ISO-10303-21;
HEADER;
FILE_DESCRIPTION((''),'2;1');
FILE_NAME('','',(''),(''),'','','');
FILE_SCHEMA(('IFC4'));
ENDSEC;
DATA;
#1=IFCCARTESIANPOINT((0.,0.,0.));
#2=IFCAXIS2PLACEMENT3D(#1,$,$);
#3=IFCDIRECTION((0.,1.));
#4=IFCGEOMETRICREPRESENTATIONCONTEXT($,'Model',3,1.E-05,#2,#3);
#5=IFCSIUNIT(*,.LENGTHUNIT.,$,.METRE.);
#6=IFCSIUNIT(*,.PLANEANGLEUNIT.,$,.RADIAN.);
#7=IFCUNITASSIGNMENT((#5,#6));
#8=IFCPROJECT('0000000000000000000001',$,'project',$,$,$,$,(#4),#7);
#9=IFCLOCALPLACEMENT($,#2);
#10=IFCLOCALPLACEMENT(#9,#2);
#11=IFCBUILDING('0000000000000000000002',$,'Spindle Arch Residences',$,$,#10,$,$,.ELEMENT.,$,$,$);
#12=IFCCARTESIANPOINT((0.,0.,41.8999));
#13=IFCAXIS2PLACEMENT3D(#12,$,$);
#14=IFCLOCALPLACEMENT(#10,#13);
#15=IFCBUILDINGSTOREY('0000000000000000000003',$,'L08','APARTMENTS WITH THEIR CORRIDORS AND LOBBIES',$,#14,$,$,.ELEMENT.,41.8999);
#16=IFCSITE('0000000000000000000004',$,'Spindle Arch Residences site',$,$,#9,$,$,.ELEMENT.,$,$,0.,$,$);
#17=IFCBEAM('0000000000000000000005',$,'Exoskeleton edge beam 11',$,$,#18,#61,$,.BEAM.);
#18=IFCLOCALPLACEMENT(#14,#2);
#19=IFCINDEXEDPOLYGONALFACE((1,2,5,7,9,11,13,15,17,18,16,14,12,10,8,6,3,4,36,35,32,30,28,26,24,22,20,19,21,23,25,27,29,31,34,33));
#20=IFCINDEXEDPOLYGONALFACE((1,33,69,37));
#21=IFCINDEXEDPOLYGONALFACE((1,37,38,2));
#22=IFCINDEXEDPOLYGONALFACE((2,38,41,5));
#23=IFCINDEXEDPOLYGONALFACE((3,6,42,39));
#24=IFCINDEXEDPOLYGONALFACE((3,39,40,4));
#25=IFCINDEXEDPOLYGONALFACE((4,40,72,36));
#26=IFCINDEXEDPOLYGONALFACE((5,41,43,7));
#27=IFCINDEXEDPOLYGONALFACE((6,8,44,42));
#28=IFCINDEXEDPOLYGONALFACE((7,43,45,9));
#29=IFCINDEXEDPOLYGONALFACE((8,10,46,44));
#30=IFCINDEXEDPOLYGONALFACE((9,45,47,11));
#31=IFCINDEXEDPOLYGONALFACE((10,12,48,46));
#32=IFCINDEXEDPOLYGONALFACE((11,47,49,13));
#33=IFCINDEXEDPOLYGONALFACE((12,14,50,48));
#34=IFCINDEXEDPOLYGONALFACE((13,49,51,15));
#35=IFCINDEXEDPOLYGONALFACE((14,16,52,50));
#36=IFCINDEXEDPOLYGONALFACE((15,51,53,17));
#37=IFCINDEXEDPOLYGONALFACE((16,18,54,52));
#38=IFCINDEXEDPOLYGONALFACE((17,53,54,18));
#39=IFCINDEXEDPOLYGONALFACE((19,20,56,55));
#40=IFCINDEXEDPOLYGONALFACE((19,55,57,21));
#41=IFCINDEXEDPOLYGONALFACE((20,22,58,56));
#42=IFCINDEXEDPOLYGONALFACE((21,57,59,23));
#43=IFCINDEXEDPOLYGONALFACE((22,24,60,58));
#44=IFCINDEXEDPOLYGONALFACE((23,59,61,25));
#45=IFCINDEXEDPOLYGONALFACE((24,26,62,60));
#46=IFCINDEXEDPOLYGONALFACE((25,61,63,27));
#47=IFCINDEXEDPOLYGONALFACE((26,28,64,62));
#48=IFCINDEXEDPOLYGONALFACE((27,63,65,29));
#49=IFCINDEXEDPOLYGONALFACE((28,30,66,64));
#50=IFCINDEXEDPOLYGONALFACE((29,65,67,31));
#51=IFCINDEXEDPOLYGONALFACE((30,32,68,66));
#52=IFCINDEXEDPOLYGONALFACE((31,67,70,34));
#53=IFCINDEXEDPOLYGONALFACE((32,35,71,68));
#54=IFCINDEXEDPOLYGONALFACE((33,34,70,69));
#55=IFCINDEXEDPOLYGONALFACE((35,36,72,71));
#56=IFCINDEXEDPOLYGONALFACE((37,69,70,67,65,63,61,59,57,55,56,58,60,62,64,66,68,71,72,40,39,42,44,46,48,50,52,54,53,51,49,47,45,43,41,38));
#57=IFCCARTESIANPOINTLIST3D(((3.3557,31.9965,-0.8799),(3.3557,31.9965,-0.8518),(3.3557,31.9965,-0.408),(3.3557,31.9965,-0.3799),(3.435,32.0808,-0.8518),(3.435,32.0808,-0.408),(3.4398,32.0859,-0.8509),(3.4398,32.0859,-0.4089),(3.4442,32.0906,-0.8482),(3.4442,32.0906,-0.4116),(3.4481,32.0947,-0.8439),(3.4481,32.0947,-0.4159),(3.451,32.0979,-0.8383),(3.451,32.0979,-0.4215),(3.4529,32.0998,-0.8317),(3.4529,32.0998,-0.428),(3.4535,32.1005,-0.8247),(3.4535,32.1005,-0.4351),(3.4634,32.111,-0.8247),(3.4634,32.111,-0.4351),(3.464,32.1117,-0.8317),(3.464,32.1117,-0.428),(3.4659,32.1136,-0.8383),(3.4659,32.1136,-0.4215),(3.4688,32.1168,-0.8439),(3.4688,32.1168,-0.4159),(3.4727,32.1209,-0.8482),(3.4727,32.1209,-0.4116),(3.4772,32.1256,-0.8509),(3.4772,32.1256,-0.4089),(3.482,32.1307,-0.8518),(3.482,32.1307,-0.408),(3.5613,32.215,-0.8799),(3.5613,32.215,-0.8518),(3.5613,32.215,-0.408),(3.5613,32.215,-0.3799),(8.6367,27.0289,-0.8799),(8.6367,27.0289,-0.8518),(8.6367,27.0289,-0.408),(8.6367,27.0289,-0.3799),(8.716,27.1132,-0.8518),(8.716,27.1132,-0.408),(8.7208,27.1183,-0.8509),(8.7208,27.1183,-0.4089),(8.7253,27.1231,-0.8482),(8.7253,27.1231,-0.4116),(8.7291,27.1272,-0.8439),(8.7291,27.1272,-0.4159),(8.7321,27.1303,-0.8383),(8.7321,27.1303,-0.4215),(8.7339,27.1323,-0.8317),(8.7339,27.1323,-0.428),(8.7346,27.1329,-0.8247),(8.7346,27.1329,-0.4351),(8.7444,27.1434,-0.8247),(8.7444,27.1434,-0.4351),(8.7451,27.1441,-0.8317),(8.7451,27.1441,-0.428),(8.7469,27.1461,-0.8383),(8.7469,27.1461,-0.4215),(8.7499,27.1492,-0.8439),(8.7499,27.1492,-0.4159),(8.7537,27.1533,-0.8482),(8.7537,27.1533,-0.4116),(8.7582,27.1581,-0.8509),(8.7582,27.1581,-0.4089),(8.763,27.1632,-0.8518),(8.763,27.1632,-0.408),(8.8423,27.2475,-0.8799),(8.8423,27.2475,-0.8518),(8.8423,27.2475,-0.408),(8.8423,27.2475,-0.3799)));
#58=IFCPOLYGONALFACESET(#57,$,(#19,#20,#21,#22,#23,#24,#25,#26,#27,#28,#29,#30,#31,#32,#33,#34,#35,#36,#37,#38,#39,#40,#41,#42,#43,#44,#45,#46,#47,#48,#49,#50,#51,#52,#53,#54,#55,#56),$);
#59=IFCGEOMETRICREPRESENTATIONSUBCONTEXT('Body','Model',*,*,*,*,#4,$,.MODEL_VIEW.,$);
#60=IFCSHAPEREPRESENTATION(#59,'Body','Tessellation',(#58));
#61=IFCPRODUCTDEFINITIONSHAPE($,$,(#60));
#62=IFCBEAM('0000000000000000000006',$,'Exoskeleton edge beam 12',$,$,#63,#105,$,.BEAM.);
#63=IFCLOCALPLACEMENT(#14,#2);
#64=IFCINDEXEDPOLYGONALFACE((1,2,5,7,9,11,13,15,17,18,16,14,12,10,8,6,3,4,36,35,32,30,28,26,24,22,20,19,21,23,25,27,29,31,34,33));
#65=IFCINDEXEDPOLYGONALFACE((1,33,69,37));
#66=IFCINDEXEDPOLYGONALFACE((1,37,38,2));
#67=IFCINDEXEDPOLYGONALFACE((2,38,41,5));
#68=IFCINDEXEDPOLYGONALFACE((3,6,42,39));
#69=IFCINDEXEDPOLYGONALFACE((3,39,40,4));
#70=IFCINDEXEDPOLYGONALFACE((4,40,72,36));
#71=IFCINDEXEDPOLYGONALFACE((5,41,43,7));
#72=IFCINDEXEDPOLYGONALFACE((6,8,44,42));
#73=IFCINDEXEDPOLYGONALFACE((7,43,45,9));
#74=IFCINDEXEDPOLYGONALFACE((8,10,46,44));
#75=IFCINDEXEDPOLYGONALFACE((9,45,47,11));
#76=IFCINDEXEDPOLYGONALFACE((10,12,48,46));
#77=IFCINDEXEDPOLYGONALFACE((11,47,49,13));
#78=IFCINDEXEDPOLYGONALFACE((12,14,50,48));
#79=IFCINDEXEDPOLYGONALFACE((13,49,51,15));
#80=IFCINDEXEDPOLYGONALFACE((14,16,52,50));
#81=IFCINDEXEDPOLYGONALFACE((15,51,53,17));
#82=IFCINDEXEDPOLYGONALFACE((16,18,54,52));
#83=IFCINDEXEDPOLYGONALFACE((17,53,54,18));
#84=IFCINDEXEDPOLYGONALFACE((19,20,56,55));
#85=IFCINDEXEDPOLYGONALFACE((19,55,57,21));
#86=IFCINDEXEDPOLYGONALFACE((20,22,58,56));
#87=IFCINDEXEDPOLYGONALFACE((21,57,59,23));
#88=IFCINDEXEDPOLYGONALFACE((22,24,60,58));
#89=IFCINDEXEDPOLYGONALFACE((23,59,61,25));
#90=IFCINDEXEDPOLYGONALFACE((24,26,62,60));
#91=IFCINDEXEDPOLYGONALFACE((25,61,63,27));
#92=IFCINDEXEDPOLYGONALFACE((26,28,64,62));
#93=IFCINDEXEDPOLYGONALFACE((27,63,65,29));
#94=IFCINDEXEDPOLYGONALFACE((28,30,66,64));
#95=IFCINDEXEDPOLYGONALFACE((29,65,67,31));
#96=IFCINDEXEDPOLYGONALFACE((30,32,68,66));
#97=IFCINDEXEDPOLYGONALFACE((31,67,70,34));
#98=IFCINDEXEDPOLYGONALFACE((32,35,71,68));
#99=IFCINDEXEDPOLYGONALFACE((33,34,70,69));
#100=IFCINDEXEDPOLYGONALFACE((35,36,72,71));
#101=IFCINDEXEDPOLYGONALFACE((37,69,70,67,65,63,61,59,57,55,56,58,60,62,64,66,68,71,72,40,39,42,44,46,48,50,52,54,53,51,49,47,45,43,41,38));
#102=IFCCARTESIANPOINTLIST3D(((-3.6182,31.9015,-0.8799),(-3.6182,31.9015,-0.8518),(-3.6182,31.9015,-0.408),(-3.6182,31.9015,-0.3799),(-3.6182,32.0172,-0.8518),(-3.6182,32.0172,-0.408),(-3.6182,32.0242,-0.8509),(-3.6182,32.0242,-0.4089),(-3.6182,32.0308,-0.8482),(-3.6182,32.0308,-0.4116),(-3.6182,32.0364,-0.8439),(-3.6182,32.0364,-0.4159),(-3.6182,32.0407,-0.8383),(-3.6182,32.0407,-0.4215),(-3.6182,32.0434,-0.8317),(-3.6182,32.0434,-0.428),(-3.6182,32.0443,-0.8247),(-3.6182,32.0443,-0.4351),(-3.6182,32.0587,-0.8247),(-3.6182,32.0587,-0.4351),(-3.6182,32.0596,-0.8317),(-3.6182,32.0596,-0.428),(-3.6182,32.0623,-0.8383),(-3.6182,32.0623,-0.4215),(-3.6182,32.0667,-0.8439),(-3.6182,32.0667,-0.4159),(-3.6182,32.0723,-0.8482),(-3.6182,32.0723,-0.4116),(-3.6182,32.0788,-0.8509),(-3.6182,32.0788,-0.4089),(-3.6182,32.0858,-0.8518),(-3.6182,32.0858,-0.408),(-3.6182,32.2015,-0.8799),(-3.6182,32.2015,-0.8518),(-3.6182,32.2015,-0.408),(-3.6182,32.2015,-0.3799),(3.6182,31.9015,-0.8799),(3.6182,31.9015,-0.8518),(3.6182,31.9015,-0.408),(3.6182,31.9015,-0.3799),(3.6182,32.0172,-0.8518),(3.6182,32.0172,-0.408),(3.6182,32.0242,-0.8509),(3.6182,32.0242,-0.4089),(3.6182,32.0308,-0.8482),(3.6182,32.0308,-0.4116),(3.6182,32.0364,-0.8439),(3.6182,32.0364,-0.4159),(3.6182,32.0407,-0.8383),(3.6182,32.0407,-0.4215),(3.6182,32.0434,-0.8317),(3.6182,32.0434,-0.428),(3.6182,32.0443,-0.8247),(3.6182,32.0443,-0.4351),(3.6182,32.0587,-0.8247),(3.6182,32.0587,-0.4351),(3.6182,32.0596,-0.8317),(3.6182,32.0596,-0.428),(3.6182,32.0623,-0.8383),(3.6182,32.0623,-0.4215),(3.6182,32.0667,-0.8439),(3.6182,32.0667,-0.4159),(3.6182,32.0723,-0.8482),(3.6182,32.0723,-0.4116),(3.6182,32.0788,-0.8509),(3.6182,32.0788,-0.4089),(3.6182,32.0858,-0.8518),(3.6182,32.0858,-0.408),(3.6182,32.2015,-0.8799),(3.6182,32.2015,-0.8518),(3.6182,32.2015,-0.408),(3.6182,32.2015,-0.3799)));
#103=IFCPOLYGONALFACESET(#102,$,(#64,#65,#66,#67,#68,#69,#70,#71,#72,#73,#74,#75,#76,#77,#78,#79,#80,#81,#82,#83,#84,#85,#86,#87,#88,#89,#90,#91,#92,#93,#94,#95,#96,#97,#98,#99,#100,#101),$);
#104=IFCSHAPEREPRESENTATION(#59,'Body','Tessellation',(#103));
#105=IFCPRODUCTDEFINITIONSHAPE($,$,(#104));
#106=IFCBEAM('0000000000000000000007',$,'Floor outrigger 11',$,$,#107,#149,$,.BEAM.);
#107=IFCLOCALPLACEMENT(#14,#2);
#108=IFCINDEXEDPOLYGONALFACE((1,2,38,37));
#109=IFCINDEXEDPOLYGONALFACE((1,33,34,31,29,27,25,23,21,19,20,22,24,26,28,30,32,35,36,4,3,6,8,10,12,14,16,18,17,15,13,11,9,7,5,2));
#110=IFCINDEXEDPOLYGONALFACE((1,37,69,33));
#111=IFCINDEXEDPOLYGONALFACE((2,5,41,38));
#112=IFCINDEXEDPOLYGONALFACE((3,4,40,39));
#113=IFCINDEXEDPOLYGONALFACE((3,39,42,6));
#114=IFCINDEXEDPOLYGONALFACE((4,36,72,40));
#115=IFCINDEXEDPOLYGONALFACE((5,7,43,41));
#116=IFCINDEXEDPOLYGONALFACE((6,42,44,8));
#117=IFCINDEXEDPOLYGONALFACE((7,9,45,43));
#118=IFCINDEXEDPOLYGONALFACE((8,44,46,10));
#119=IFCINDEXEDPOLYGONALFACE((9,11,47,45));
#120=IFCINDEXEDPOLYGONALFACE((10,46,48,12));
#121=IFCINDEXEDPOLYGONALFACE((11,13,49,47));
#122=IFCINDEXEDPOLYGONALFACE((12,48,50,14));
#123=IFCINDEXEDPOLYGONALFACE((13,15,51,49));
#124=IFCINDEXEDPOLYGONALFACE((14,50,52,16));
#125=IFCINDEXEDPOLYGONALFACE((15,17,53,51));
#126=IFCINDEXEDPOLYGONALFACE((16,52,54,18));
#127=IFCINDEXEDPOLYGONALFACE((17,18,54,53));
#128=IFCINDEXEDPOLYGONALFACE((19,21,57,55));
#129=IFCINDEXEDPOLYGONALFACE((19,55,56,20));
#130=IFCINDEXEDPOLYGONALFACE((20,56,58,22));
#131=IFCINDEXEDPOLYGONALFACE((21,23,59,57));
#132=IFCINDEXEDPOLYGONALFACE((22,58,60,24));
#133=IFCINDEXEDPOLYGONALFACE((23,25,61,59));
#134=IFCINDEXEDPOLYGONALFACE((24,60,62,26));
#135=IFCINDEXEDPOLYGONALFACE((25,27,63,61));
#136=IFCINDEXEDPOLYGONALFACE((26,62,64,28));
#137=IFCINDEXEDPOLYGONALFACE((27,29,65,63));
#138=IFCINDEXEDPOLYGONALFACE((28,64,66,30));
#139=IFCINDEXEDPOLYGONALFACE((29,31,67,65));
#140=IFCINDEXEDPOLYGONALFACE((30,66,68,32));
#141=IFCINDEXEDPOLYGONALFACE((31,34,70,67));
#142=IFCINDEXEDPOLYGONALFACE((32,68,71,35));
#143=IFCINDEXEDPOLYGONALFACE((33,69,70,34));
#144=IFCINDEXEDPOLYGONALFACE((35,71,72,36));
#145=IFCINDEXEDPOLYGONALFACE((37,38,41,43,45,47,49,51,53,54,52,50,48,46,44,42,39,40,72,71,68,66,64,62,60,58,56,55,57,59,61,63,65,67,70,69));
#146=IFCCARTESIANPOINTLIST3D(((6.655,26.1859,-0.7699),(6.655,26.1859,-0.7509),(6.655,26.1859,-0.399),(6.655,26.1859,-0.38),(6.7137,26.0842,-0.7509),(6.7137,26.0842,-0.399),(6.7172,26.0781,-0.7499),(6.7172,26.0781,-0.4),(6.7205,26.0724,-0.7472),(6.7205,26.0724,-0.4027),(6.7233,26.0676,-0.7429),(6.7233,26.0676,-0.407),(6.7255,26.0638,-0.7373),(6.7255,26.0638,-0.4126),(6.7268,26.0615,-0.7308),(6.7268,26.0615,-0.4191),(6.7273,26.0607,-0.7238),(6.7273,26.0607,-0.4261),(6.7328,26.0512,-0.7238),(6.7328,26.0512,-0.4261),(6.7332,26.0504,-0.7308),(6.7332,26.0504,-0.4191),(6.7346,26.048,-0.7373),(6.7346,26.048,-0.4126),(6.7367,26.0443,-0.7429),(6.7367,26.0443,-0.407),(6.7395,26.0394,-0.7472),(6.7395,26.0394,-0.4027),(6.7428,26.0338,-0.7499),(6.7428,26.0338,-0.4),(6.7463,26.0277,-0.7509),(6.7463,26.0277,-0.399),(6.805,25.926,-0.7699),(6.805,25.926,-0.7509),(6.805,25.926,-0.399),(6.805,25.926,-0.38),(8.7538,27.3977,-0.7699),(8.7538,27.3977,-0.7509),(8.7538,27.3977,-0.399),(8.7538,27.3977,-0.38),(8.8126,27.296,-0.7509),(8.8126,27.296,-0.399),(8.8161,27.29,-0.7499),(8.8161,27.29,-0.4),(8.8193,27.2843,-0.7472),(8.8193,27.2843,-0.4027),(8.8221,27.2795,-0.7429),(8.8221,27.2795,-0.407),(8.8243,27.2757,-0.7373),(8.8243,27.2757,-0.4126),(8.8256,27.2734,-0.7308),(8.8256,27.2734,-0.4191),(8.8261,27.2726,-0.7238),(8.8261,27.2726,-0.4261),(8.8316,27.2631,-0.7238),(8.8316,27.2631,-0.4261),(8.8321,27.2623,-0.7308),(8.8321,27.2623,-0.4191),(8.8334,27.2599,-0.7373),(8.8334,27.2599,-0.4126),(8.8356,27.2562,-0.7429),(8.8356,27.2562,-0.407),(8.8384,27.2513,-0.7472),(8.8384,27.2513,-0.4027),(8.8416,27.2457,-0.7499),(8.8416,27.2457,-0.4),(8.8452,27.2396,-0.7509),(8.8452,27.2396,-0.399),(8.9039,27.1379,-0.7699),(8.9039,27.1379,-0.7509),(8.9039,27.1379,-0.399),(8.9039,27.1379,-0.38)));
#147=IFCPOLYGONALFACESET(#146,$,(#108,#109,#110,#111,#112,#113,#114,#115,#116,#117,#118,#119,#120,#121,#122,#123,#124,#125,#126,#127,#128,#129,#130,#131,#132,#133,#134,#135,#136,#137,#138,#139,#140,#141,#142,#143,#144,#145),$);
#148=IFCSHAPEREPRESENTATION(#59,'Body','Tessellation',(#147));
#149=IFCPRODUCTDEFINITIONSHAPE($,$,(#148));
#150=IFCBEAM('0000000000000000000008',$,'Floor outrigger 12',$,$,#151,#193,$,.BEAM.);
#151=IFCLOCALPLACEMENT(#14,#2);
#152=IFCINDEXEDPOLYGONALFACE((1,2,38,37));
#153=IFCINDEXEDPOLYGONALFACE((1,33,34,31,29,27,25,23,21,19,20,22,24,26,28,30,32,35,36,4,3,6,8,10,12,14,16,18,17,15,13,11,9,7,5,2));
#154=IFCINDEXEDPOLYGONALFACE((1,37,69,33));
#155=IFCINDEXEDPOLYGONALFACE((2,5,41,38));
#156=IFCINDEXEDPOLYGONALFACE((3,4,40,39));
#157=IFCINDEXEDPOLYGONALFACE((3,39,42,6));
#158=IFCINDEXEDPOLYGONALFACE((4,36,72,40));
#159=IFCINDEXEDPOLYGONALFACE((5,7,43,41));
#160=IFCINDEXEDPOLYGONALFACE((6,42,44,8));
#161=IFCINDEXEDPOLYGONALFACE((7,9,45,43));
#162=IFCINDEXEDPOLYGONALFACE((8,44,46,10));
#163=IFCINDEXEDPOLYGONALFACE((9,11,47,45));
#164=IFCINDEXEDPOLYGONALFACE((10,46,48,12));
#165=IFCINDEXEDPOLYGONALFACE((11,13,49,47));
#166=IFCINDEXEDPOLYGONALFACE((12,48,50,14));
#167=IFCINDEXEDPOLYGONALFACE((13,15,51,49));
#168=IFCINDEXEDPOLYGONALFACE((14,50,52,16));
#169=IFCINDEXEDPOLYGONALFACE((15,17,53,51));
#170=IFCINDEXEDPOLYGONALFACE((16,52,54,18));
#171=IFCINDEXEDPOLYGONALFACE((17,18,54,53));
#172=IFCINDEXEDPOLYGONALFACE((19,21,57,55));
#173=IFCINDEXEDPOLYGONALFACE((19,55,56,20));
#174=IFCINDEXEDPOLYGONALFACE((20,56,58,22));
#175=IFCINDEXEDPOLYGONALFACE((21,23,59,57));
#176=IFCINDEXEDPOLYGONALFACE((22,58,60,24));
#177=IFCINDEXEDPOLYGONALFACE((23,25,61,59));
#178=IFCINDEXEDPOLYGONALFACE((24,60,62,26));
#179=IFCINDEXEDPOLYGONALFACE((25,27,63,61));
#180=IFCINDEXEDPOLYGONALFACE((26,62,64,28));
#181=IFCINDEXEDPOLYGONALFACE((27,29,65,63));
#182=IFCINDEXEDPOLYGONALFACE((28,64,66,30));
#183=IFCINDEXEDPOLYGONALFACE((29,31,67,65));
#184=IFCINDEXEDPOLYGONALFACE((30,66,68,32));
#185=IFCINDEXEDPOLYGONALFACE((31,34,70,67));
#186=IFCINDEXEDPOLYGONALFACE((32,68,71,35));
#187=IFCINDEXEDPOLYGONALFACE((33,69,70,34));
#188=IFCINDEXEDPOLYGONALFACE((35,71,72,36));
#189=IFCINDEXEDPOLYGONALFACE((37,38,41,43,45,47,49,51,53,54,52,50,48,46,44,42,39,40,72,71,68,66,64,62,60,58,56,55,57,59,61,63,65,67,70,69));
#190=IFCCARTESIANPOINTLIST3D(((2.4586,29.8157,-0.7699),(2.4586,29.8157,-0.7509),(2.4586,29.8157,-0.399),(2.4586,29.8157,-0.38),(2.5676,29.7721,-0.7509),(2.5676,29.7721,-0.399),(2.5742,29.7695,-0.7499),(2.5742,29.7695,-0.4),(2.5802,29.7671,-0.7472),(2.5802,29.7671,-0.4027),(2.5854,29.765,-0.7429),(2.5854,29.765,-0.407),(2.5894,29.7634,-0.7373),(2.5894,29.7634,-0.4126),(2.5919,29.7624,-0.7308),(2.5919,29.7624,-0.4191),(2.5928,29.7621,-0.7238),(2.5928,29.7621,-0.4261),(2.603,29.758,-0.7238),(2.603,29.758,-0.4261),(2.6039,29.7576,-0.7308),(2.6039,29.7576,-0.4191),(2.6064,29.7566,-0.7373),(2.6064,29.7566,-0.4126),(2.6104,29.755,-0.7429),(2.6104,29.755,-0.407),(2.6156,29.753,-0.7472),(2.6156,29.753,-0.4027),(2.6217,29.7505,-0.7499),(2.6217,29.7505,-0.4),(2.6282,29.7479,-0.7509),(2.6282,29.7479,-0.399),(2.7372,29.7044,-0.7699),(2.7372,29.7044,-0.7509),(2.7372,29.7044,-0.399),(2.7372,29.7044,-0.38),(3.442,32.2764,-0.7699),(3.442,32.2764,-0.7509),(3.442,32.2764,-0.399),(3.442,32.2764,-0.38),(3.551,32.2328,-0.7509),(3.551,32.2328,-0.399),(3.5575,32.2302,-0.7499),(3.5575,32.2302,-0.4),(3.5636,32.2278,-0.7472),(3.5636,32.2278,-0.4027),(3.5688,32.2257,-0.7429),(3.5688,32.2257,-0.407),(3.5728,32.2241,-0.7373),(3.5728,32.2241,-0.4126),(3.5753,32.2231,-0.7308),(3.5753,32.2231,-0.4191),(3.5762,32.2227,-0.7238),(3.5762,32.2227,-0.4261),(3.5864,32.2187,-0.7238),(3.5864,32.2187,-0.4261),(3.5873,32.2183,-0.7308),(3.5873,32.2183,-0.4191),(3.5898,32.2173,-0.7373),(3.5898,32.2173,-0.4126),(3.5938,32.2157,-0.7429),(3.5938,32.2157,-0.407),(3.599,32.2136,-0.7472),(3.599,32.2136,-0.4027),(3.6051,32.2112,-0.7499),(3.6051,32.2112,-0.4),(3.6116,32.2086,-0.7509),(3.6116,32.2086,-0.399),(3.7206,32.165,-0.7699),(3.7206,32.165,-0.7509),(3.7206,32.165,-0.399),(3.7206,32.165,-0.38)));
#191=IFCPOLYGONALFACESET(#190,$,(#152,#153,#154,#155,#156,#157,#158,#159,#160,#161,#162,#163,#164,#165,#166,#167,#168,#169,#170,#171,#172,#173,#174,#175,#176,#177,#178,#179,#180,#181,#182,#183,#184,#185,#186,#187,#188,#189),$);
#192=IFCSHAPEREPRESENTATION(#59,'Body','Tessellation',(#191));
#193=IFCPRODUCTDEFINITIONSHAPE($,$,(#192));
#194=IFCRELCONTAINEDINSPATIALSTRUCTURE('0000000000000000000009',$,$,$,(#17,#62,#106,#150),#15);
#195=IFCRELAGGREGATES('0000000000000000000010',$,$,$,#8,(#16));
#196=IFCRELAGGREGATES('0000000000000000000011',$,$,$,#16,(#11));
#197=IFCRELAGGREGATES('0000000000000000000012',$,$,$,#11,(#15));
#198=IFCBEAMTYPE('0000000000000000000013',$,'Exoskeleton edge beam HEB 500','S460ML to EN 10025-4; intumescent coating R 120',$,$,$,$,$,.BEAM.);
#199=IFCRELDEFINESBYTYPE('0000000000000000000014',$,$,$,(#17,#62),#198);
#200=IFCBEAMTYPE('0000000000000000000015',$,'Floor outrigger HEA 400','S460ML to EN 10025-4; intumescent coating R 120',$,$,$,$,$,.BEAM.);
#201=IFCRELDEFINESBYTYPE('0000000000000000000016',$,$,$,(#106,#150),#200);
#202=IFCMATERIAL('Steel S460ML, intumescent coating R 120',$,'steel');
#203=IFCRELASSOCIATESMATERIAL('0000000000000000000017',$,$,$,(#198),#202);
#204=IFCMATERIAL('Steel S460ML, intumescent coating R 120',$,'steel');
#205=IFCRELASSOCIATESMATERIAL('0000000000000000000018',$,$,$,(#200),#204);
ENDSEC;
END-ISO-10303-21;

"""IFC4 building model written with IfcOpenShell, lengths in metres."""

from ifc_helpers import new_model, si_unit, direction, frame, origin, origin_2d, place, context, subcontext, project, spatial, i_section, extrude, material, material_profile, profile_set, type_object, element, save


model = new_model("IFC4")

# Units and contexts
model_context = context("Model", 3, precision=1e-05, world=origin(), true_north=direction((0.0, 1.0)))
body_context = subcontext(model_context, "Body", "Model", "MODEL_VIEW")
ifc_project = project(units=[si_unit("LENGTHUNIT", "METRE"), si_unit("PLANEANGLEUNIT", "RADIAN")], contexts=[model_context])

# Site, building, storey
site_placement = place(None, origin())
site = spatial("IfcSite", under=ifc_project, at=site_placement, Name="Spindle Arch Residences site", CompositionType="ELEMENT", RefElevation=0.0)
building_placement = place(site_placement, origin())
building = spatial("IfcBuilding", under=site, at=building_placement, Name="Spindle Arch Residences", CompositionType="ELEMENT")
storey_placement = place(building_placement, frame((0.0, 0.0, 41.8999)))
storey = spatial("IfcBuildingStorey", under=building, at=storey_placement, Name="L08", Description="APARTMENTS WITH THEIR CORRIDORS AND LOBBIES", CompositionType="ELEMENT", Elevation=41.8999)

# Beams
ifc_material_1 = material(Name="Steel S460ML, intumescent coating R 120", Category="steel")
ifc_material_profile_1 = material_profile(ifc_material_1, i_section(OverallWidth=0.3, OverallDepth=0.5, WebThickness=0.0144, FlangeThickness=0.0281, FilletRadius=0.0271, at=origin_2d()), Name="HEB 500")
ifc_profile_set_1 = profile_set([ifc_material_profile_1], Name="Steel S460ML, intumescent coating R 120")
beam_type_1 = type_object("IfcBeamType", Name="Exoskeleton edge beam HEB 500", Description="S460ML to EN 10025-4; intumescent coating R 120", PredefinedType="BEAM", material=ifc_profile_set_1)
beam_1_placement = place(storey_placement, frame((8.7395, 27.1382, -0.6299), z_axis=(-0.728395, 0.685158, 0.0), x_axis=(-0.685158, -0.728395, 0.0)))
element("IfcBeam", 1, at=beam_1_placement, inside=storey, type_object=beam_type_1, Name="Exoskeleton edge beam 11", PredefinedType="BEAM", context=body_context, shape_type="SweptSolid", body=[
    extrude(i_section(OverallWidth=0.3, OverallDepth=0.5, WebThickness=0.0144, FlangeThickness=0.0281, FilletRadius=0.0271, at=origin_2d()), origin(), (0.0, 0.0, 1.0), 7.2502),
])
beam_2_placement = place(storey_placement, frame((3.6182, 32.0515, -0.6299), z_axis=(-1.0, 0.0, 0.0), x_axis=(0.0, -1.0, 0.0)))
element("IfcBeam", 2, at=beam_2_placement, inside=storey, type_object=beam_type_1, Name="Exoskeleton edge beam 12", PredefinedType="BEAM", context=body_context, shape_type="SweptSolid", body=[
    extrude(i_section(OverallWidth=0.3, OverallDepth=0.5, WebThickness=0.0144, FlangeThickness=0.0281, FilletRadius=0.0271, at=origin_2d()), origin(), (0.0, 0.0, 1.0), 7.2363),
])
ifc_material_2 = material(Name="Steel S460ML, intumescent coating R 120", Category="steel")
ifc_material_profile_2 = material_profile(ifc_material_2, i_section(OverallWidth=0.3, OverallDepth=0.3899, WebThickness=0.011, FlangeThickness=0.019, FilletRadius=0.0271, at=origin_2d()), Name="HEA 400")
ifc_profile_set_2 = profile_set([ifc_material_profile_2], Name="Steel S460ML, intumescent coating R 120")
beam_type_2 = type_object("IfcBeamType", Name="Floor outrigger HEA 400", Description="S460ML to EN 10025-4; intumescent coating R 120", PredefinedType="BEAM", material=ifc_profile_set_2)
beam_3_placement = place(storey_placement, frame((8.8289, 27.2678, -0.575), z_axis=(-0.866003, -0.500039, 0.0), x_axis=(0.500039, -0.866003, 0.0)))
element("IfcBeam", 3, at=beam_3_placement, inside=storey, type_object=beam_type_2, Name="Floor outrigger 11", PredefinedType="BEAM", context=body_context, shape_type="SweptSolid", body=[
    extrude(i_section(OverallWidth=0.3, OverallDepth=0.3899, WebThickness=0.011, FlangeThickness=0.019, FilletRadius=0.0271, at=origin_2d()), origin(), (0.0, 0.0, 1.0), 2.4236),
])
beam_4_placement = place(storey_placement, frame((3.5813, 32.2207, -0.575), z_axis=(-0.371105, -0.928591, 0.0), x_axis=(0.928591, -0.371105, 0.0)))
element("IfcBeam", 4, at=beam_4_placement, inside=storey, type_object=beam_type_2, Name="Floor outrigger 12", PredefinedType="BEAM", context=body_context, shape_type="SweptSolid", body=[
    extrude(i_section(OverallWidth=0.3, OverallDepth=0.3899, WebThickness=0.011, FlangeThickness=0.019, FilletRadius=0.0271, at=origin_2d()), origin(), (0.0, 0.0, 1.0), 2.6499),
])

save(model, "model.ifc")
